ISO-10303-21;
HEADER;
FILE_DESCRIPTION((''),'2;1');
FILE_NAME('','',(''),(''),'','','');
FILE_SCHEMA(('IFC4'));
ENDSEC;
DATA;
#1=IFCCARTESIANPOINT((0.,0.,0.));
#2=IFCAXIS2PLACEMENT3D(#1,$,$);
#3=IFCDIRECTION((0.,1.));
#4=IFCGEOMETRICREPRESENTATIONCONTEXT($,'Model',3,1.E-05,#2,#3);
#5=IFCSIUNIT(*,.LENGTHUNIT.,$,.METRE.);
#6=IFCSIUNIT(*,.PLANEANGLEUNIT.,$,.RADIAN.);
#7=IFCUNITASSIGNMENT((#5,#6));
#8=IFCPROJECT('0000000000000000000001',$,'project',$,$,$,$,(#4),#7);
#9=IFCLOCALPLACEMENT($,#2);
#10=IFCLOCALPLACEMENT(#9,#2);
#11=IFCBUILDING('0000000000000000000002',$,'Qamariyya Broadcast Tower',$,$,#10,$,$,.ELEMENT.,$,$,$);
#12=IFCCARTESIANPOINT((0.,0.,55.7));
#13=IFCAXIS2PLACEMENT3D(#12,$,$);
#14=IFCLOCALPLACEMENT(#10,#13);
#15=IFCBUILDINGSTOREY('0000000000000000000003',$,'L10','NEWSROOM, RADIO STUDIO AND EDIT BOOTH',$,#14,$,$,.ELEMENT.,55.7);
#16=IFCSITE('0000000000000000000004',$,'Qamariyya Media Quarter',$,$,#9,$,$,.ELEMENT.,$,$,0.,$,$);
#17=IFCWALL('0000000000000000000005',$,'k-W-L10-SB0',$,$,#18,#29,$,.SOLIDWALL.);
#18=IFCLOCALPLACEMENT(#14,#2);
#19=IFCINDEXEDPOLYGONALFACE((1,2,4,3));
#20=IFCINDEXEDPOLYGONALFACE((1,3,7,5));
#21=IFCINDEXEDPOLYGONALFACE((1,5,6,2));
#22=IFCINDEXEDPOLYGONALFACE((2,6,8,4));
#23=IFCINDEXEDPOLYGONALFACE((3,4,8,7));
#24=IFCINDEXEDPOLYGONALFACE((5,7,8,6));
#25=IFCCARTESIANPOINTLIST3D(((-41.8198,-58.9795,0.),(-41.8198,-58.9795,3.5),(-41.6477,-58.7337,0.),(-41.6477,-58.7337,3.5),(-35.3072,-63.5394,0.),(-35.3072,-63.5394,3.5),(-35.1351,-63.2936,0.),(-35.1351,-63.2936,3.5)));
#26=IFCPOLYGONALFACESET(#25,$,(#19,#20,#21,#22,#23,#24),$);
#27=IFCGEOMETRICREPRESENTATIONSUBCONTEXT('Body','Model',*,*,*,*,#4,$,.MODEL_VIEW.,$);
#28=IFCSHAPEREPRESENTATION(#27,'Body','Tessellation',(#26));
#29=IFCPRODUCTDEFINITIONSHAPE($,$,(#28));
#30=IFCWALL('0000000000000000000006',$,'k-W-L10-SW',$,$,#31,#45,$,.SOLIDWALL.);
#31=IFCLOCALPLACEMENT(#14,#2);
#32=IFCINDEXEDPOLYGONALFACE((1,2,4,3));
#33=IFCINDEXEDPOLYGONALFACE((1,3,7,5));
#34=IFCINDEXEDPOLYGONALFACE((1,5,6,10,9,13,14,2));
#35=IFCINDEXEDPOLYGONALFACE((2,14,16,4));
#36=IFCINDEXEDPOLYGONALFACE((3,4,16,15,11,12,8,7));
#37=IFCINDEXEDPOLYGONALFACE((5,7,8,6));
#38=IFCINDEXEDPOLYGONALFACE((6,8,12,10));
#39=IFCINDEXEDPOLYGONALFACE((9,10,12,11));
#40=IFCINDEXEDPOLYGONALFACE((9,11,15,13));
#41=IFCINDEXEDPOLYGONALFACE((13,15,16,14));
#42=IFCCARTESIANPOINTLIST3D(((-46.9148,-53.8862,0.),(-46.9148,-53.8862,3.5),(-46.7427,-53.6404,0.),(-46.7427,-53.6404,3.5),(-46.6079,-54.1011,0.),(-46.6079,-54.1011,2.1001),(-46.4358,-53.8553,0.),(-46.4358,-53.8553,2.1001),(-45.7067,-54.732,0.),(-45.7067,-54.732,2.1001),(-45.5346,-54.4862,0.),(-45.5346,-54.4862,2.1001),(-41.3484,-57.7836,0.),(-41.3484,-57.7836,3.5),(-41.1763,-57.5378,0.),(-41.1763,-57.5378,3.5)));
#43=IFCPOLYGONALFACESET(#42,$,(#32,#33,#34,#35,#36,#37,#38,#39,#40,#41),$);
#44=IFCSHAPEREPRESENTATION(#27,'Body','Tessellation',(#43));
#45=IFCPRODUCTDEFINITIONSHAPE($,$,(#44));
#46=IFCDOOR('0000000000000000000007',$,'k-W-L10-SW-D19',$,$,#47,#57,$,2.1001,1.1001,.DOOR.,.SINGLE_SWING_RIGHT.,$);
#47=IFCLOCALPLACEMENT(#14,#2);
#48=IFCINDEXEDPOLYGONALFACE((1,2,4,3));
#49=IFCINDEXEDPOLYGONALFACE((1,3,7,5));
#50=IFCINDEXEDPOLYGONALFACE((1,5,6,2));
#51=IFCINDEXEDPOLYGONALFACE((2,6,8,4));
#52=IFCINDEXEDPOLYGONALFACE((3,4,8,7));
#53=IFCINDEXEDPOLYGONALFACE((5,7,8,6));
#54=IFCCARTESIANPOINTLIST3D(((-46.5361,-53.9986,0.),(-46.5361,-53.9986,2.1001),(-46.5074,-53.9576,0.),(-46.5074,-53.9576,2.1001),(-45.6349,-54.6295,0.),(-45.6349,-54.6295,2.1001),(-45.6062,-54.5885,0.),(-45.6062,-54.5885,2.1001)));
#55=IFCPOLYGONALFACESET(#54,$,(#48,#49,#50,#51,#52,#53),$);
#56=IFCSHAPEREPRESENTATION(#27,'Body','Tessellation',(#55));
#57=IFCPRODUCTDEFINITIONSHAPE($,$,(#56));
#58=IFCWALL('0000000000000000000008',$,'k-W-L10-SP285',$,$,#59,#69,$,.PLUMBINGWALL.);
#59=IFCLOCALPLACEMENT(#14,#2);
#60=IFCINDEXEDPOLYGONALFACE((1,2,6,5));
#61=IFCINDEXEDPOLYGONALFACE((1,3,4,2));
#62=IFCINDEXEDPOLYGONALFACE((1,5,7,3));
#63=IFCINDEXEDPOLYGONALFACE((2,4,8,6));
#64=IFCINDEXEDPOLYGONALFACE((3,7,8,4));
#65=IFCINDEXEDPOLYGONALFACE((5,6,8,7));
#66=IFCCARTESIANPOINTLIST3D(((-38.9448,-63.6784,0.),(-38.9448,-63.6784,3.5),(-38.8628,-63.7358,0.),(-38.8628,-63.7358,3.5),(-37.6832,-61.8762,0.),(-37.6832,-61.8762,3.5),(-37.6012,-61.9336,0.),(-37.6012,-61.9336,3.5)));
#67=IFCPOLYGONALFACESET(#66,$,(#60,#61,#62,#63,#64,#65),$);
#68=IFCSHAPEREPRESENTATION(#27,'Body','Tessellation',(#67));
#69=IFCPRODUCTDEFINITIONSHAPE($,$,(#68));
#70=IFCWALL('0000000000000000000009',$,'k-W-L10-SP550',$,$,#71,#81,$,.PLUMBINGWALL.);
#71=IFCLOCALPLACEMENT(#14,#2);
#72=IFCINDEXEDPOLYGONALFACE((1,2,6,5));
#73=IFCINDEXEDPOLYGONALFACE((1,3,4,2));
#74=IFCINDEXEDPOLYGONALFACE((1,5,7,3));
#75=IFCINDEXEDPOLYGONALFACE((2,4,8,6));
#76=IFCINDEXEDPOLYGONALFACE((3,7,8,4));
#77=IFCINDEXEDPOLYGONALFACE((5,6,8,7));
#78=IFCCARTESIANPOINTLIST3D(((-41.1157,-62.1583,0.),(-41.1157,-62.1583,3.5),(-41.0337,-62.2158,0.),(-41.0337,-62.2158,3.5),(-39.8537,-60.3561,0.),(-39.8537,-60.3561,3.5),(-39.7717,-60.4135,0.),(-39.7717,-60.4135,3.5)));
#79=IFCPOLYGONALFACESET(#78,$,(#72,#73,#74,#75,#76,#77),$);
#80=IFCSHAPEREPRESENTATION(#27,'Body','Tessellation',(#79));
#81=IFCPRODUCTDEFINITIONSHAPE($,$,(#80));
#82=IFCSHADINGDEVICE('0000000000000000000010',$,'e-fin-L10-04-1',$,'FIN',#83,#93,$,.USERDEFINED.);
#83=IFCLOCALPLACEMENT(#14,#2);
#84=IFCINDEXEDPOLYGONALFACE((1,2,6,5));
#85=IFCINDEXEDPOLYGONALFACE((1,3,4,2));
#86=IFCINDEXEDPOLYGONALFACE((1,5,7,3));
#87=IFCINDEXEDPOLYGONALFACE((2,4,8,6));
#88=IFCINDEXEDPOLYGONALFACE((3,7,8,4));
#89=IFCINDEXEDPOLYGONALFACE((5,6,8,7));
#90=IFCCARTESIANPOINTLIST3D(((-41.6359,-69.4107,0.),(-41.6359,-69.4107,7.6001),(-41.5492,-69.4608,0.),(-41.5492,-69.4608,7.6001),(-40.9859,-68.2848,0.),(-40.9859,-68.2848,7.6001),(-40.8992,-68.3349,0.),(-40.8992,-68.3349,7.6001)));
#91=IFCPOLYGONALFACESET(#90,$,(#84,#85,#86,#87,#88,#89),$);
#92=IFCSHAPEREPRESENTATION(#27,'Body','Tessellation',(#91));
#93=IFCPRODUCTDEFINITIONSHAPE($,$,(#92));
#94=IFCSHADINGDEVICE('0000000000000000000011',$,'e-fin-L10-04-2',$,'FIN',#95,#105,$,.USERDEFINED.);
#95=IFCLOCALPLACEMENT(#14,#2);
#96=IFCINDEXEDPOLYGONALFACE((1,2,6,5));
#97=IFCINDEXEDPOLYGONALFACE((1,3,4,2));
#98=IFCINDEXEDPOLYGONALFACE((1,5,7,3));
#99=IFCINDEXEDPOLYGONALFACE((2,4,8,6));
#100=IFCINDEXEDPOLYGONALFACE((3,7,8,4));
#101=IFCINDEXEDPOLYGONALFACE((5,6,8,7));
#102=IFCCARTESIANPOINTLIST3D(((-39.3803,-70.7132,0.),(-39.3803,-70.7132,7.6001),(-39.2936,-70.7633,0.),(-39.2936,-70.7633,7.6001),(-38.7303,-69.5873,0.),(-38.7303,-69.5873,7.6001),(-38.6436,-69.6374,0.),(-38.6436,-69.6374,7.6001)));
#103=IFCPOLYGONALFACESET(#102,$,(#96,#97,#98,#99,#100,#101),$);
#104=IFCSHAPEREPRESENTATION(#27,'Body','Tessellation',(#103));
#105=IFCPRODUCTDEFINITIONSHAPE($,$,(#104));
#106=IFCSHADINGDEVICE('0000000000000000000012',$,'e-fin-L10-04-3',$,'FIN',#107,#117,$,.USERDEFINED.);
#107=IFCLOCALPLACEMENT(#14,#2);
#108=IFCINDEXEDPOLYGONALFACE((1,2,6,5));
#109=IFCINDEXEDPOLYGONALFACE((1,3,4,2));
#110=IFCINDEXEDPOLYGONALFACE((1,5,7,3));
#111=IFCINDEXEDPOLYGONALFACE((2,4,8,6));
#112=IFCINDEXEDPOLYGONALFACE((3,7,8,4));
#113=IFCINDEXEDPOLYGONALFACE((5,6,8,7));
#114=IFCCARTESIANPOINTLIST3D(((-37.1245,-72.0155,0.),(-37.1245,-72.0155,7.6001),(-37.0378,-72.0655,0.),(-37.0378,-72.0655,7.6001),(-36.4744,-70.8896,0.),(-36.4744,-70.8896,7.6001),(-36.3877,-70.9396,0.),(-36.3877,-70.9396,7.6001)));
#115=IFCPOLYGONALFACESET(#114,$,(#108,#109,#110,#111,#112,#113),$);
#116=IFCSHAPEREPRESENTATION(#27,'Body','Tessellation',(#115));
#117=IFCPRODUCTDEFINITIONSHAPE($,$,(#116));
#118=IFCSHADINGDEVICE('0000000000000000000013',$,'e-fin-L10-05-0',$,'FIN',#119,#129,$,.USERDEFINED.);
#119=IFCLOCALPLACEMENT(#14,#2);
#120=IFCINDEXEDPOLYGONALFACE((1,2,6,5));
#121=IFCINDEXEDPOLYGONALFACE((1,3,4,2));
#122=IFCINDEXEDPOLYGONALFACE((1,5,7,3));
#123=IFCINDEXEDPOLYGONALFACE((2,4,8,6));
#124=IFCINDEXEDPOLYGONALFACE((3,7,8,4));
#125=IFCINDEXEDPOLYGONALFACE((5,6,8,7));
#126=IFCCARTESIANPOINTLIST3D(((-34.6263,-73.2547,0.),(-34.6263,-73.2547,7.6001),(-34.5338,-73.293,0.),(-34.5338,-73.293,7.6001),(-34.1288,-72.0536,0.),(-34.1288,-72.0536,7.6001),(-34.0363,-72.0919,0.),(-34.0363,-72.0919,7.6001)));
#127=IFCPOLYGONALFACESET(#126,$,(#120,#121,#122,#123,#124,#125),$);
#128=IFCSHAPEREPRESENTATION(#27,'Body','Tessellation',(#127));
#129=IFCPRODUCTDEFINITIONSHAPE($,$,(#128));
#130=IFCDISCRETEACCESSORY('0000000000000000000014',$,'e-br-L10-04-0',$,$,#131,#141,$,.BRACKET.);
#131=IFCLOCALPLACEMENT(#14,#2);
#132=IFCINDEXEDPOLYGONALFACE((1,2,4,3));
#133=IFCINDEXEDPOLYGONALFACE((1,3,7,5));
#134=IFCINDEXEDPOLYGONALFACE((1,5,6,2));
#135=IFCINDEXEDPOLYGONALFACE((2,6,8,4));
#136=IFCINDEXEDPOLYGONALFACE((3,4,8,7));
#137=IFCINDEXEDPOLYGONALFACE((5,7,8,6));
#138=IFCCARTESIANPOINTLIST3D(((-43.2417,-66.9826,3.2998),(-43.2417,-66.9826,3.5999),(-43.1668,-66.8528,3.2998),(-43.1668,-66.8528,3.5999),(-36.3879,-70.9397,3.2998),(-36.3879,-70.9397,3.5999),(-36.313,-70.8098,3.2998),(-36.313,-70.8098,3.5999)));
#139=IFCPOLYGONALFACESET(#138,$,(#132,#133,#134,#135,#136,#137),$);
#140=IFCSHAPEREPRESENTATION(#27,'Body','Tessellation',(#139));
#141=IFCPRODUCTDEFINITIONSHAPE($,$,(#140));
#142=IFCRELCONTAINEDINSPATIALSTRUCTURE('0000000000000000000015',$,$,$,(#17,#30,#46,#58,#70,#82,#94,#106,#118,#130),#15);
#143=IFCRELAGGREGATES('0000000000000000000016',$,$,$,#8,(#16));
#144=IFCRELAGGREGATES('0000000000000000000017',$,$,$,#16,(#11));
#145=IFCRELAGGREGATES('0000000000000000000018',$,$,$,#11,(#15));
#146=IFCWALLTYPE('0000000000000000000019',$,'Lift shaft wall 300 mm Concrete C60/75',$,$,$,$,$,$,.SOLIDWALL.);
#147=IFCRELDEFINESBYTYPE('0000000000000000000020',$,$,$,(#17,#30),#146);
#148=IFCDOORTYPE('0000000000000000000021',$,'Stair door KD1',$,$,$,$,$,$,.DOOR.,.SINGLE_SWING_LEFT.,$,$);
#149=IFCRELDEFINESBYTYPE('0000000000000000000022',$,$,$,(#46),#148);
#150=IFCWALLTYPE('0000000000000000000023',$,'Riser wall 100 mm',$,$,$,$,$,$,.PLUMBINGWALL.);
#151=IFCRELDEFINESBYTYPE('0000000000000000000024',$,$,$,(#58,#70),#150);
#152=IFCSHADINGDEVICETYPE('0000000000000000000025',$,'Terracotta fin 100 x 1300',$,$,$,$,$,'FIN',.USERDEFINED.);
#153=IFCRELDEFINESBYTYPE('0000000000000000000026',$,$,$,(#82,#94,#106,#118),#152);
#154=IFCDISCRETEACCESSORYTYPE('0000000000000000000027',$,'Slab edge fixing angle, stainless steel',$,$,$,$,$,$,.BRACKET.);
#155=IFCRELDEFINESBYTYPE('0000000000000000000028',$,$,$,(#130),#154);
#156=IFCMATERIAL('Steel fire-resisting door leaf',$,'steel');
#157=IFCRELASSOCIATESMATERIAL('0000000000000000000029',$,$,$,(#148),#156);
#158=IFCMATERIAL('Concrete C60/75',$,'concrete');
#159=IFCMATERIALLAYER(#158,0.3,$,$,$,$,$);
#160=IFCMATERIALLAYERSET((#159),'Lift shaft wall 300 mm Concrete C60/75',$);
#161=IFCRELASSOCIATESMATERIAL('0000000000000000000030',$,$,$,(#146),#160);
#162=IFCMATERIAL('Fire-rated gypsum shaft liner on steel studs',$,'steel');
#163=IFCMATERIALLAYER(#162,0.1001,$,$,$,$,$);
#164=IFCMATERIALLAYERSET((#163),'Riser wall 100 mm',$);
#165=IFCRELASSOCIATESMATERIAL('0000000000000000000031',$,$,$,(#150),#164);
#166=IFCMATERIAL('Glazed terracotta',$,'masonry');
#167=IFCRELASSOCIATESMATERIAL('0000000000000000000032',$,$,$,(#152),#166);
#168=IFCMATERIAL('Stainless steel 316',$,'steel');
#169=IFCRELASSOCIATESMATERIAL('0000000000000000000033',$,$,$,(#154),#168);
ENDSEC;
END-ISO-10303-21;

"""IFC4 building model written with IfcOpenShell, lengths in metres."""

from ifc_helpers import new_model, si_unit, direction, frame, frame_2d, origin, origin_2d, place, context, subcontext, project, spatial, rectangle, extrude, material, layer, layer_set, material_profile, profile_set, type_object, element, fill, save


model = new_model("IFC4")

# Units and contexts
model_context = context("Model", 3, precision=1e-05, world=origin(), true_north=direction((0.0, 1.0)))
body_context = subcontext(model_context, "Body", "Model", "MODEL_VIEW")
ifc_project = project(units=[si_unit("LENGTHUNIT", "METRE"), si_unit("PLANEANGLEUNIT", "RADIAN")], contexts=[model_context])

# Site, building, storey
site_placement = place(None, origin())
site = spatial("IfcSite", under=ifc_project, at=site_placement, Name="Qamariyya Media Quarter", CompositionType="ELEMENT", RefElevation=0.0)
building_placement = place(site_placement, origin())
building = spatial("IfcBuilding", under=site, at=building_placement, Name="Qamariyya Broadcast Tower", CompositionType="ELEMENT")
storey_placement = place(building_placement, frame((0.0, 0.0, 55.7)))
storey = spatial("IfcBuildingStorey", under=building, at=storey_placement, Name="L10", Description="NEWSROOM, RADIO STUDIO AND EDIT BOOTH", CompositionType="ELEMENT", Elevation=55.7)

# Shared definitions
ifc_material_1 = material(Name="Steel fire-resisting door leaf", Category="steel")

# Shared definitions
door_type_1 = type_object("IfcDoorType", Name="Stair door KD1", OperationType="SINGLE_SWING_LEFT", PredefinedType="DOOR", material=ifc_material_1)

# Shared definitions
ifc_material_2 = material(Name="Concrete C60/75", Category="concrete")
ifc_layer_1 = layer(ifc_material_2, 0.3)
ifc_layer_set_1 = layer_set([ifc_layer_1], Name="Lift shaft wall 300 mm Concrete C60/75")
wall_type_1 = type_object("IfcWallType", Name="Lift shaft wall 300 mm Concrete C60/75", PredefinedType="SOLIDWALL", material=ifc_layer_set_1)

# Wall
wall_1_placement = place(storey_placement, frame((-35.2212, -63.4165, 0.0), z_axis=(0.0, 0.0, 1.0), x_axis=(-0.819167, 0.573555, 0.0)))
element("IfcWall", 1, at=wall_1_placement, inside=storey, type_object=wall_type_1, Name="k-W-L10-SB0", PredefinedType="SOLIDWALL", context=body_context, shape_type="SweptSolid", body=[
    extrude(rectangle(XDim=7.9502, YDim=0.3, at=frame_2d((3.9751, 0.0))), origin(), (0.0, 0.0, 1.0), 3.5),
])

# Wall, opening, door
wall_2_placement = place(storey_placement, frame((-41.2625, -57.6606, 0.0), z_axis=(0.0, 0.0, 1.0), x_axis=(-0.819164, 0.573559, 0.0)))
wall_2 = element("IfcWall", 2, at=wall_2_placement, inside=storey, type_object=wall_type_1, Name="k-W-L10-SW", PredefinedType="SOLIDWALL", context=body_context, shape_type="SweptSolid", body=[
    extrude(rectangle(XDim=6.7952, YDim=0.3, at=frame_2d((3.3975, 0.0))), origin(), (0.0, 0.0, 1.0), 3.5),
])
opening_1_placement = place(wall_2_placement, frame((5.3203, 0.0, 0.0)))
opening_1 = element("IfcOpeningElement", 3, at=opening_1_placement, cuts=wall_2, PredefinedType="OPENING", context=body_context, shape_type="SweptSolid", body=[
    extrude(rectangle(XDim=1.1001, YDim=2.1001, at=frame_2d((0.55, 1.05))), frame((0.0, 0.1599, 0.0), z_axis=(0.0, -1.0, 0.0), x_axis=(1.0, 0.0, 0.0)), (0.0, 0.0, 1.0), 0.3201),
])
door_1_placement = place(opening_1_placement, origin())
door_1 = element("IfcDoor", 4, at=door_1_placement, inside=storey, type_object=door_type_1, Name="k-W-L10-SW-D19", OperationType="SINGLE_SWING_RIGHT", OverallHeight=2.1001, OverallWidth=1.1001, PredefinedType="DOOR", context=body_context, shape_type="SweptSolid", body=[
    extrude(rectangle(XDim=1.1001, YDim=2.1001, at=frame_2d((0.55, 1.05))), frame((0.0, 0.0249, 0.0), z_axis=(0.0, -1.0, 0.0), x_axis=(1.0, 0.0, 0.0)), (0.0, 0.0, 1.0), 0.05),
])
fill(opening_1, door_1)

# Walls
ifc_material_3 = material(Name="Fire-rated gypsum shaft liner on steel studs", Category="steel")
ifc_layer_2 = layer(ifc_material_3, 0.1001)
ifc_layer_set_2 = layer_set([ifc_layer_2], Name="Riser wall 100 mm")
wall_type_2 = type_object("IfcWallType", Name="Riser wall 100 mm", PredefinedType="PLUMBINGWALL", material=ifc_layer_set_2)
wall_3_placement = place(storey_placement, frame((-37.6421, -61.9048, 0.0), z_axis=(0.0, 0.0, 1.0), x_axis=(-0.573507, -0.819201, 0.0)))
element("IfcWall", 5, at=wall_3_placement, inside=storey, type_object=wall_type_2, Name="k-W-L10-SP285", PredefinedType="PLUMBINGWALL", context=body_context, shape_type="SweptSolid", body=[
    extrude(rectangle(XDim=2.2, YDim=0.1001, at=frame_2d((1.1001, 0.0))), origin(), (0.0, 0.0, 1.0), 3.5),
])
wall_4_placement = place(storey_placement, frame((-39.8127, -60.3848, 0.0), z_axis=(0.0, 0.0, 1.0), x_axis=(-0.573581, -0.819149, 0.0)))
element("IfcWall", 6, at=wall_4_placement, inside=storey, type_object=wall_type_2, Name="k-W-L10-SP550", PredefinedType="PLUMBINGWALL", context=body_context, shape_type="SweptSolid", body=[
    extrude(rectangle(XDim=2.2002, YDim=0.1001, at=frame_2d((1.1001, 0.0))), origin(), (0.0, 0.0, 1.0), 3.5),
])

# Shading devices
ifc_material_4 = material(Name="Glazed terracotta", Category="masonry")
ifc_material_profile_1 = material_profile(ifc_material_4, rectangle(XDim=1.3, YDim=0.1001, at=origin_2d()))
ifc_profile_set_1 = profile_set([ifc_material_profile_1], Name="Glazed terracotta")
shading_device_type_1 = type_object("IfcShadingDeviceType", Name="Terracotta fin 100 x 1300", ElementType="FIN", PredefinedType="USERDEFINED", material=ifc_profile_set_1)
for number, where, z_axis, x_axis, name in (
    (7, (-41.2676, -68.8728, 0.0), (0.0, 0.0, 1.0), (-0.5, -0.866025, 0.0), "e-fin-L10-04-1"),
    (8, (-39.012, -70.1753, 0.0), (0.0, 0.0, 1.0), (-0.5, -0.866025, 0.0), "e-fin-L10-04-2"),
    (9, (-36.7561, -71.4775, 0.0), (0.0, 0.0, 1.0), (-0.5, -0.866025, 0.0), "e-fin-L10-04-3"),
    (10, (-34.3313, -72.6733, 0.0), (0.0, 0.0, 1.0), (-0.382683, -0.92388, 0.0), "e-fin-L10-05-0"),
):
    element("IfcShadingDevice", number, at=place(storey_placement, frame(where, z_axis=z_axis, x_axis=x_axis)), inside=storey, type_object=shading_device_type_1, Name=name, ObjectType="FIN", PredefinedType="USERDEFINED", context=body_context, shape_type="SweptSolid", body=[
        extrude(rectangle(XDim=1.3, YDim=0.1001, at=origin_2d()), origin(), (0.0, 0.0, 1.0), 7.6001),
    ])

# Discrete accessory
ifc_material_5 = material(Name="Stainless steel 316", Category="steel")
discrete_accessory_type = type_object("IfcDiscreteAccessoryType", Name="Slab edge fixing angle, stainless steel", PredefinedType="BRACKET", material=ifc_material_5)
discrete_accessory_placement = place(storey_placement, frame((-39.7773, -68.8962, 3.2998), z_axis=(0.0, 0.0, 1.0), x_axis=(0.866025, -0.5, 0.0)))
element("IfcDiscreteAccessory", 11, at=discrete_accessory_placement, inside=storey, type_object=discrete_accessory_type, Name="e-br-L10-04-0", PredefinedType="BRACKET", context=body_context, shape_type="SweptSolid", body=[
    extrude(rectangle(XDim=7.9141, YDim=0.1499, at=origin_2d()), origin(), (0.0, 0.0, 1.0), 0.3),
])

save(model, "model.ifc")
